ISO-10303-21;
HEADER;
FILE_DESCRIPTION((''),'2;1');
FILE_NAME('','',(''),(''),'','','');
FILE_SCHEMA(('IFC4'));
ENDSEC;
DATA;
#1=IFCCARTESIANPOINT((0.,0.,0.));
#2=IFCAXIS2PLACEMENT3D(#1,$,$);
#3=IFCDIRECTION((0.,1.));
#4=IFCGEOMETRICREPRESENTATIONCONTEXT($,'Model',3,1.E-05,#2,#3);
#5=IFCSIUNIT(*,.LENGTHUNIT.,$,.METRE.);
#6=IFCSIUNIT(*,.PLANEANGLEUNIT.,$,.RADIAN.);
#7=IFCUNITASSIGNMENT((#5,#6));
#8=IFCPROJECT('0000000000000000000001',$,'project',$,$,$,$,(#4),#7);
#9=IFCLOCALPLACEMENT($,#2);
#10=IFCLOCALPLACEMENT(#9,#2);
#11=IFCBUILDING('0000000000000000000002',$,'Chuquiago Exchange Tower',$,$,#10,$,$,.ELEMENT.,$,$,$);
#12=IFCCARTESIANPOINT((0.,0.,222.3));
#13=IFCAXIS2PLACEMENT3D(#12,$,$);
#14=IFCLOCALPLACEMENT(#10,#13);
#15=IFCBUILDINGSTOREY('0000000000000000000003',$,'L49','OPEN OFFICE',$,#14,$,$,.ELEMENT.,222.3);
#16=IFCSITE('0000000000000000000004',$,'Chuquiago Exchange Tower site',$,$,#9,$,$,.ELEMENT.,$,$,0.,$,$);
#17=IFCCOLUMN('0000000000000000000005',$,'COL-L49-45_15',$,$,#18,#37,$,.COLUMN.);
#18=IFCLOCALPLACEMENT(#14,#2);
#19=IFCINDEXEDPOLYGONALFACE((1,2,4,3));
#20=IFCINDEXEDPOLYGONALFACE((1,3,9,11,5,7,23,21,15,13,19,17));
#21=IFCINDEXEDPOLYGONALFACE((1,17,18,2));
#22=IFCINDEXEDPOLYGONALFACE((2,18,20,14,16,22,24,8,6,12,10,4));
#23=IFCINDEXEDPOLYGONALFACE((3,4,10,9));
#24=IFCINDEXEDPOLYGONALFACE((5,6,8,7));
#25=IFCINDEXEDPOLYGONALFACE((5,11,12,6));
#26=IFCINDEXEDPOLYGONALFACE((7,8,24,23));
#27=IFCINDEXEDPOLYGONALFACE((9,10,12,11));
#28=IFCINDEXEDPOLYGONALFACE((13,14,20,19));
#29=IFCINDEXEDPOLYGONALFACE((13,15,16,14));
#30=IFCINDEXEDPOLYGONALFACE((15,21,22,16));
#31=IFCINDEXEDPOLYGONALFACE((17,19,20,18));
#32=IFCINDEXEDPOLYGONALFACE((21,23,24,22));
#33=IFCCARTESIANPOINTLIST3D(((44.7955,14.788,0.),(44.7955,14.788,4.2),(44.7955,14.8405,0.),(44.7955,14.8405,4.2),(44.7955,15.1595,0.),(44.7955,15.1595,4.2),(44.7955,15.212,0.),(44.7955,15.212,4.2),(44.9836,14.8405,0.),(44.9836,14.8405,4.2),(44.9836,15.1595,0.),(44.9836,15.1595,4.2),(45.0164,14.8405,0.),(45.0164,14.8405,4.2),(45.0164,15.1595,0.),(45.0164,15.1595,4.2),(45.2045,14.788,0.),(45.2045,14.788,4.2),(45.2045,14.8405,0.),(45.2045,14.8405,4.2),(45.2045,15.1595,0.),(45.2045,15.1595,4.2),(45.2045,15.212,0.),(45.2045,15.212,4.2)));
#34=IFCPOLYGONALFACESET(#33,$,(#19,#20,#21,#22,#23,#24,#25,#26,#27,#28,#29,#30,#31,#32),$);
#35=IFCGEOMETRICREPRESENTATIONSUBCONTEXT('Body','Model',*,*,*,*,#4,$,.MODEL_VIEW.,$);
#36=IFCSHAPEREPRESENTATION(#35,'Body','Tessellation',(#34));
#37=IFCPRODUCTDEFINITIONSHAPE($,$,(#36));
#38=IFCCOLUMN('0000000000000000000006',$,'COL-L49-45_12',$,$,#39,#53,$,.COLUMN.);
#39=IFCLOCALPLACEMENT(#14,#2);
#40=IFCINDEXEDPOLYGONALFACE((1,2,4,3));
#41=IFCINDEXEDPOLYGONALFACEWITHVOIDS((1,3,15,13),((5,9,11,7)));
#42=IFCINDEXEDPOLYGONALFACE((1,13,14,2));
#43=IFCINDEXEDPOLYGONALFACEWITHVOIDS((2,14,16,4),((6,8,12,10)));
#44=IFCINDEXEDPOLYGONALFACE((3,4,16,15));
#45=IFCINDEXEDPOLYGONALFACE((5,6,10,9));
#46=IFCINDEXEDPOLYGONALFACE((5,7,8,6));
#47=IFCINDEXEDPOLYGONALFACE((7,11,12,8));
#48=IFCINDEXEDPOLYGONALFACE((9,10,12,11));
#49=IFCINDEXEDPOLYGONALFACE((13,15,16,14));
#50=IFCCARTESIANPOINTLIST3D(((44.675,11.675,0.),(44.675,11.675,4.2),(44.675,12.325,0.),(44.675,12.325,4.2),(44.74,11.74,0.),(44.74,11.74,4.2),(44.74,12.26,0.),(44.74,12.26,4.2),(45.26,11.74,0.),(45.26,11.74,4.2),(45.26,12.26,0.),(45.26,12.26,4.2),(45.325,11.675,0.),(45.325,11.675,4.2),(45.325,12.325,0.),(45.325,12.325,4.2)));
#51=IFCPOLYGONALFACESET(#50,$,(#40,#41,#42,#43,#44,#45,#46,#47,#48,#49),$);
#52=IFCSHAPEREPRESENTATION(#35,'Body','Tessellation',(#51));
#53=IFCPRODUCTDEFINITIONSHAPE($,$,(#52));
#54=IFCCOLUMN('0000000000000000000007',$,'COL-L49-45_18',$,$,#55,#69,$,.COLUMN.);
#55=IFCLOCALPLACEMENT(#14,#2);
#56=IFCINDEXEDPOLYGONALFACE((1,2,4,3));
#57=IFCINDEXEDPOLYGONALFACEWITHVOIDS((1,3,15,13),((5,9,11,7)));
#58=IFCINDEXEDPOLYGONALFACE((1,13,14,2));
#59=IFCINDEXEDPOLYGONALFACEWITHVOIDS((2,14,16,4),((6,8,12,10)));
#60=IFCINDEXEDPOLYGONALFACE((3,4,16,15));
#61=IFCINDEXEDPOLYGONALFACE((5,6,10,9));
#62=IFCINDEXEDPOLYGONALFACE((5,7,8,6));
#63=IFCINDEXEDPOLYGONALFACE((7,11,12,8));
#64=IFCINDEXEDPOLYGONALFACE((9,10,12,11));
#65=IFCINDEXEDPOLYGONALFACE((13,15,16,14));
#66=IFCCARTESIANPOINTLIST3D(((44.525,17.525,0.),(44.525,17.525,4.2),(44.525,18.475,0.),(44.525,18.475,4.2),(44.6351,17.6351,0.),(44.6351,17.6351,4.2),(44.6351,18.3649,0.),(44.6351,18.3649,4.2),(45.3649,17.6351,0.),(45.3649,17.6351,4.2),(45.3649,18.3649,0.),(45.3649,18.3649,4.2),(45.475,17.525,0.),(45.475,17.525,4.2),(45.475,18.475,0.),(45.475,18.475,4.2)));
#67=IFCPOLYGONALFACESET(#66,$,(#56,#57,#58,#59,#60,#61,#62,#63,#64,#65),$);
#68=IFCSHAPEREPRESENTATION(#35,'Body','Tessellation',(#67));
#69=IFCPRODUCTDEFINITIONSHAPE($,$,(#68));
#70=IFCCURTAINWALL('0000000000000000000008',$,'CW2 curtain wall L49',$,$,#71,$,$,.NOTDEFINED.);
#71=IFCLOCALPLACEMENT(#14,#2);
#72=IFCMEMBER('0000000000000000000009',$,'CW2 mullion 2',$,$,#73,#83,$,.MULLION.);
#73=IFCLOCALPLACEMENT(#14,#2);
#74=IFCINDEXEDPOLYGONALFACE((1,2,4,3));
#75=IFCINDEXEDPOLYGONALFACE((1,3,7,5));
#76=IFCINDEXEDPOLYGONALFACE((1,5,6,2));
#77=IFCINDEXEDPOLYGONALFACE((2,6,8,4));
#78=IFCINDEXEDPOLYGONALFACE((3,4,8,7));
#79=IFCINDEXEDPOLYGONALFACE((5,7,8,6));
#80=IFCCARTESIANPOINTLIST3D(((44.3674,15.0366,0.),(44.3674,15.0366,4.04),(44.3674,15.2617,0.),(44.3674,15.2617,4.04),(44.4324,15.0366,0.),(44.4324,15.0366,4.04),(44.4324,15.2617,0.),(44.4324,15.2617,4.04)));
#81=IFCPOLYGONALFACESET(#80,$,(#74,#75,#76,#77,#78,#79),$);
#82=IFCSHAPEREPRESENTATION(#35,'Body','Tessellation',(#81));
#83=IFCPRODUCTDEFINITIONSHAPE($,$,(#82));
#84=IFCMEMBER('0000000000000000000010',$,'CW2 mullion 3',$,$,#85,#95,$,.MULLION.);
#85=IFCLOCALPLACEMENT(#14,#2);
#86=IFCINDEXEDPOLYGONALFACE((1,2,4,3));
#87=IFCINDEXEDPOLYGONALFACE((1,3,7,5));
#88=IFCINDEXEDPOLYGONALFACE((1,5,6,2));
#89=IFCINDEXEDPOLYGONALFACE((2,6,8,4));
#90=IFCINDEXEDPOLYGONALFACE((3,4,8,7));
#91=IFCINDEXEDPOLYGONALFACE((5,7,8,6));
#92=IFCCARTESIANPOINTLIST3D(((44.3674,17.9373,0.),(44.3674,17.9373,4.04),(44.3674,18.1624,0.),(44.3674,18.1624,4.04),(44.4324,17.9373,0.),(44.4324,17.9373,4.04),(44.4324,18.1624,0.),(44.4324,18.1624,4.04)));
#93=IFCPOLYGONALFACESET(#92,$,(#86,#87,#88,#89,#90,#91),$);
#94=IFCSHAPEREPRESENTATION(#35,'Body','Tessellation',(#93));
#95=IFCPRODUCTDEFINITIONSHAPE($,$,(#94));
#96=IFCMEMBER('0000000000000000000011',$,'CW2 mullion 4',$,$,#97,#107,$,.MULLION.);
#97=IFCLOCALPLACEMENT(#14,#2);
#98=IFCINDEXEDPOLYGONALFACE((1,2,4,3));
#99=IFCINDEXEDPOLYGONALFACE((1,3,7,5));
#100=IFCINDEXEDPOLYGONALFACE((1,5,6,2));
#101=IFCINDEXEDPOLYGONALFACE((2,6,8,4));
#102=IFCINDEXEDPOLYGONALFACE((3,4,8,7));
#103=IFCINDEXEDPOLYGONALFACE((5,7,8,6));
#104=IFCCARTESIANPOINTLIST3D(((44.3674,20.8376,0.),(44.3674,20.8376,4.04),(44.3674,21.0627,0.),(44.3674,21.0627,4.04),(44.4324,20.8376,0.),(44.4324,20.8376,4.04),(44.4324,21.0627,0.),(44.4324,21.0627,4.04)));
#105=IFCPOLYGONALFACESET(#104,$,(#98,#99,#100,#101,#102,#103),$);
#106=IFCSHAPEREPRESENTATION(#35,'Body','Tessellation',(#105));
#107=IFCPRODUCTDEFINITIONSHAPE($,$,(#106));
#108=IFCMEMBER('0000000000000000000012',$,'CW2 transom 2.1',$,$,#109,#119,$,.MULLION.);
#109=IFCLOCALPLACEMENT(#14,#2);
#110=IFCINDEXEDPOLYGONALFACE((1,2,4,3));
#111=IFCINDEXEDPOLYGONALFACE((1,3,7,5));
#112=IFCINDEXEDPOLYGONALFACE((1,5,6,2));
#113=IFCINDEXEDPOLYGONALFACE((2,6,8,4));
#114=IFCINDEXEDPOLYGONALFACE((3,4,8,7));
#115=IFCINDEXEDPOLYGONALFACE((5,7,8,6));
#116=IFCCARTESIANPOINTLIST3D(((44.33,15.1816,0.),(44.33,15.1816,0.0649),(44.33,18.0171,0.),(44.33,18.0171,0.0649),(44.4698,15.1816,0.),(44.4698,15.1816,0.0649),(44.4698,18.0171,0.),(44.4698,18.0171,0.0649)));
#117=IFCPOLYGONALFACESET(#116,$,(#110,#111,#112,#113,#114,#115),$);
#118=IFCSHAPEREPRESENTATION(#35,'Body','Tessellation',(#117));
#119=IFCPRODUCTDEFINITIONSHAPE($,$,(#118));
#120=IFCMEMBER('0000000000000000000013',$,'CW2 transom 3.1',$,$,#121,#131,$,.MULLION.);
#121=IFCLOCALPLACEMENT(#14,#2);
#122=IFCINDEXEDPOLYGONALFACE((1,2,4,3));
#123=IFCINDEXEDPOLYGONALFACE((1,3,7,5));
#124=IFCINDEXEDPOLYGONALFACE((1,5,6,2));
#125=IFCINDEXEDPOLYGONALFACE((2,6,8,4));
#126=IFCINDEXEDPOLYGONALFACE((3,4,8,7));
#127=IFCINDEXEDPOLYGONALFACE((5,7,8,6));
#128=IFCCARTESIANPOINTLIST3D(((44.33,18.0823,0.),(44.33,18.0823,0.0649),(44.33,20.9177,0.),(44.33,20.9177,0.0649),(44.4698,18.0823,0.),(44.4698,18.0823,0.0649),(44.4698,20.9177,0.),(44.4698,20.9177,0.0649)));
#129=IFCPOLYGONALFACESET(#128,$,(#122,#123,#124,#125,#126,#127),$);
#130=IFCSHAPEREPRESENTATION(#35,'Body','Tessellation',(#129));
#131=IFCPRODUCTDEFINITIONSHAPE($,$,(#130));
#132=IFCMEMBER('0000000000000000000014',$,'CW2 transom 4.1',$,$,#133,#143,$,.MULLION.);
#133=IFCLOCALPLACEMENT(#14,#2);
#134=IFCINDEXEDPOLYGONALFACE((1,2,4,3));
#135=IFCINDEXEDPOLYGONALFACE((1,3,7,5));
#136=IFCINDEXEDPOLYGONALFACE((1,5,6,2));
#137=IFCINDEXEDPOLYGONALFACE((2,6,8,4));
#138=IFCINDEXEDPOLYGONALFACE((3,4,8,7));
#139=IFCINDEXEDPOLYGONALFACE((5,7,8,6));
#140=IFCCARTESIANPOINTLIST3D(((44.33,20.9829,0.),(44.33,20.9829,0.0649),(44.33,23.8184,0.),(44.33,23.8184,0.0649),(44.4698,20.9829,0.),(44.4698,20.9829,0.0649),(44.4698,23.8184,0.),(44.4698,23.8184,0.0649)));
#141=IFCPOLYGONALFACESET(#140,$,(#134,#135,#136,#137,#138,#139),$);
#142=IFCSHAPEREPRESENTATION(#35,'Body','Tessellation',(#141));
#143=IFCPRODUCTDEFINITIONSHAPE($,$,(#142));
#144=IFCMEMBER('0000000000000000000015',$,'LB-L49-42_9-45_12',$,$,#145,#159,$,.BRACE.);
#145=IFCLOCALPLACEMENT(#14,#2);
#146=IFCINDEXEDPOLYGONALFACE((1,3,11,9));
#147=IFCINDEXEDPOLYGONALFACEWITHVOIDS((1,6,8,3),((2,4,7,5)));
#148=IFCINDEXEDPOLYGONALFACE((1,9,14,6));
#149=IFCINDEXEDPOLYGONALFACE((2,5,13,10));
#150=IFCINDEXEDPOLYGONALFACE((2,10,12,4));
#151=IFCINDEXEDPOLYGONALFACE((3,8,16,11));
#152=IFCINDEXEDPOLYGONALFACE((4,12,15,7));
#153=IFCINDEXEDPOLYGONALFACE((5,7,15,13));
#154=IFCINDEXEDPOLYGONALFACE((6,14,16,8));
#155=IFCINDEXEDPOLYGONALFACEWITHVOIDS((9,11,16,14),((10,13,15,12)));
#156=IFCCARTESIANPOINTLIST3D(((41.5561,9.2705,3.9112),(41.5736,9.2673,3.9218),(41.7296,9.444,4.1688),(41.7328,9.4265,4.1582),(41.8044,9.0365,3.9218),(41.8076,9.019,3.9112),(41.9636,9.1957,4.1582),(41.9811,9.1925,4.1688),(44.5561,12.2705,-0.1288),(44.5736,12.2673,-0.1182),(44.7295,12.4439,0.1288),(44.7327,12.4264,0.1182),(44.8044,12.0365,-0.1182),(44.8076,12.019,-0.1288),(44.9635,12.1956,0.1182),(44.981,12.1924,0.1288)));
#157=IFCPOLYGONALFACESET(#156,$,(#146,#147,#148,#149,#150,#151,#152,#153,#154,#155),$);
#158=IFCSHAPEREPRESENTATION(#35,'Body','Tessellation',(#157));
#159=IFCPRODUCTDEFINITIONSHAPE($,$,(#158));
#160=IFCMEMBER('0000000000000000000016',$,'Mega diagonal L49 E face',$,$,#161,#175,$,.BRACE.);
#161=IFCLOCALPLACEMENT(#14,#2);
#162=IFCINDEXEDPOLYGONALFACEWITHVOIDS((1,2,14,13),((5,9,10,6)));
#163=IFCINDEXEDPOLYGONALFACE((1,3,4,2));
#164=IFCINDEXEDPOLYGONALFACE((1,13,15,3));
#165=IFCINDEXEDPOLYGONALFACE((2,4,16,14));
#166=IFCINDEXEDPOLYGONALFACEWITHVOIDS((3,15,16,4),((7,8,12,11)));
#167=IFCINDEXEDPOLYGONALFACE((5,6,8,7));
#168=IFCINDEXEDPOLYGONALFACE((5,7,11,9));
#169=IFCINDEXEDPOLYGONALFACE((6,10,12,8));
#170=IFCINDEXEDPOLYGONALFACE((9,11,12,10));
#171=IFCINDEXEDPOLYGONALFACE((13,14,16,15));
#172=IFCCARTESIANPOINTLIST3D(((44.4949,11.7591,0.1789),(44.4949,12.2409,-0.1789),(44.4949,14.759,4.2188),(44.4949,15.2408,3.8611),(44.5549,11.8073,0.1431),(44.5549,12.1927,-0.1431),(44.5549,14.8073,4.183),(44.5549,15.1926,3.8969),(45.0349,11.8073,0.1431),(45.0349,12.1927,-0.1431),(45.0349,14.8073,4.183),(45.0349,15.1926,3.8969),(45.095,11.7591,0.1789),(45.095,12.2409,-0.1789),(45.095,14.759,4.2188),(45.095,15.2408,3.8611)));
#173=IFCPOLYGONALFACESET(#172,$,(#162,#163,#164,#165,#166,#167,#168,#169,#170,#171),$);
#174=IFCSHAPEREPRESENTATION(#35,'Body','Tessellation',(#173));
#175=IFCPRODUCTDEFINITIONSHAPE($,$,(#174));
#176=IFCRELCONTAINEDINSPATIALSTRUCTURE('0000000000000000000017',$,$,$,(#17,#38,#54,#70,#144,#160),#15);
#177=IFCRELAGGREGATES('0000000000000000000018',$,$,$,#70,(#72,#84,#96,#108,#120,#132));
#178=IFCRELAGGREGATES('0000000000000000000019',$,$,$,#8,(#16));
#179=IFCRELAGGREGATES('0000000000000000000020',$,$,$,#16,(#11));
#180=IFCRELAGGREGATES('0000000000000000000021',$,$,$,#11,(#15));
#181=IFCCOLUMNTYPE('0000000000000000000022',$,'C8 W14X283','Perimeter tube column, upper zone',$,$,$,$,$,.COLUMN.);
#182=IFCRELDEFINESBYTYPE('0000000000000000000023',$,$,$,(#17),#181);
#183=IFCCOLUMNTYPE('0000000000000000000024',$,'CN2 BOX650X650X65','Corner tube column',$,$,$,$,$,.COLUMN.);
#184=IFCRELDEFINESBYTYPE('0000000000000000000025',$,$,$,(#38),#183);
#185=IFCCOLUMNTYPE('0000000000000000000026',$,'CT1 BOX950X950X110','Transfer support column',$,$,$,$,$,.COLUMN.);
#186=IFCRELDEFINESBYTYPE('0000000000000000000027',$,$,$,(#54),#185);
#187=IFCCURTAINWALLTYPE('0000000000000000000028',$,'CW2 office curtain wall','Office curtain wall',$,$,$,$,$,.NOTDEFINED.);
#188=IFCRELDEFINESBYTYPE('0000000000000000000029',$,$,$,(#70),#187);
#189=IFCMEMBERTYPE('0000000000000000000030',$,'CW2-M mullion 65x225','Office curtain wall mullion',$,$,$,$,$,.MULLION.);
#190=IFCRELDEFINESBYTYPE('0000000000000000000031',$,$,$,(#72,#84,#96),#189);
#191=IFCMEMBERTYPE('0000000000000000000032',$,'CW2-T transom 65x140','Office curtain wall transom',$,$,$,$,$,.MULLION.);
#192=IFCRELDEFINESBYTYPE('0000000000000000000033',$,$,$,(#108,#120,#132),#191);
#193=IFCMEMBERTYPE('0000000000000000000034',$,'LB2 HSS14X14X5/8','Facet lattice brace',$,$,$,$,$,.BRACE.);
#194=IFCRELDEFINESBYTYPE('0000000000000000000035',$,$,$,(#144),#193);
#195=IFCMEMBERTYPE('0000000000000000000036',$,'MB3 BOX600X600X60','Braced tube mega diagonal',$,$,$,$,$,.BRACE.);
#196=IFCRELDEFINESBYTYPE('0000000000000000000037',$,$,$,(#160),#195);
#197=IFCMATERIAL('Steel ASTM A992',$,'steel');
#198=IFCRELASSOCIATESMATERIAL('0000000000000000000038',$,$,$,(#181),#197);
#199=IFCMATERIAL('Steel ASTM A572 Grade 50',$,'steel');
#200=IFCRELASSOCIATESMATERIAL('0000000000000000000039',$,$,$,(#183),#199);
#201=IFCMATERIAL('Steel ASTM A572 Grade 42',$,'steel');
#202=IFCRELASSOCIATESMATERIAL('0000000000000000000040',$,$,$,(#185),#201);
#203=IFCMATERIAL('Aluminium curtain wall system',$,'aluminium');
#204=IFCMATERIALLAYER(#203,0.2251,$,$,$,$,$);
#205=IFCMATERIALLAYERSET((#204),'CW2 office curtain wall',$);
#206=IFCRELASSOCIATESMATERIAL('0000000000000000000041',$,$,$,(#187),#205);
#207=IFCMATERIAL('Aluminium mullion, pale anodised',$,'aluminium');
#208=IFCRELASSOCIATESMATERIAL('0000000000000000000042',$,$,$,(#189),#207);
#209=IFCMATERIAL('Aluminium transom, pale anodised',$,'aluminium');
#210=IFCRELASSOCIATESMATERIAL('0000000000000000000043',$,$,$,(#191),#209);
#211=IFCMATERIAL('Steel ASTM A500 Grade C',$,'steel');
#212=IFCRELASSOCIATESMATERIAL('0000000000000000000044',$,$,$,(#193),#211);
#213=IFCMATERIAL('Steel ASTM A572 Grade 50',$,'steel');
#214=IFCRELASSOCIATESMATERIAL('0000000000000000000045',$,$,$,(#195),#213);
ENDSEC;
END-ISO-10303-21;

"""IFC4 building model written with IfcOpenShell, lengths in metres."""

from ifc_helpers import new_model, si_unit, direction, frame, origin, origin_2d, place, context, subcontext, project, spatial, rectangle, hollow_rectangle, i_section, extrude, material, layer, layer_set, material_profile, profile_set, type_object, element, aggregate, save


model = new_model("IFC4")

# Units and contexts
model_context = context("Model", 3, precision=1e-05, world=origin(), true_north=direction((0.0, 1.0)))
body_context = subcontext(model_context, "Body", "Model", "MODEL_VIEW")
ifc_project = project(units=[si_unit("LENGTHUNIT", "METRE"), si_unit("PLANEANGLEUNIT", "RADIAN")], contexts=[model_context])

# Site, building, storey
site_placement = place(None, origin())
site = spatial("IfcSite", under=ifc_project, at=site_placement, Name="Chuquiago Exchange Tower site", CompositionType="ELEMENT", RefElevation=0.0)
building_placement = place(site_placement, origin())
building = spatial("IfcBuilding", under=site, at=building_placement, Name="Chuquiago Exchange Tower", CompositionType="ELEMENT")
storey_placement = place(building_placement, frame((0.0, 0.0, 222.3)))
storey = spatial("IfcBuildingStorey", under=building, at=storey_placement, Name="L49", Description="OPEN OFFICE", CompositionType="ELEMENT", Elevation=222.3)

# Columns
ifc_material_1 = material(Name="Steel ASTM A992", Category="steel")
ifc_material_profile_1 = material_profile(ifc_material_1, i_section(OverallWidth=0.4089, OverallDepth=0.4241, WebThickness=0.0327, FlangeThickness=0.0525, at=origin_2d()), Name="W14X283")
ifc_profile_set_1 = profile_set([ifc_material_profile_1], Name="Steel ASTM A992")
column_type_1 = type_object("IfcColumnType", Name="C8 W14X283", Description="Perimeter tube column, upper zone", PredefinedType="COLUMN", material=ifc_profile_set_1)
column_1_placement = place(storey_placement, frame((45.0, 15.0, 0.0), z_axis=(0.0, 0.0, 1.0), x_axis=(1.0, 0.0, 0.0)))
element("IfcColumn", 1, at=column_1_placement, inside=storey, type_object=column_type_1, Name="COL-L49-45_15", PredefinedType="COLUMN", context=body_context, shape_type="SweptSolid", body=[
    extrude(i_section(OverallWidth=0.4089, OverallDepth=0.4241, WebThickness=0.0327, FlangeThickness=0.0525, at=origin_2d()), origin(), (0.0, 0.0, 1.0), 4.2),
])
ifc_material_2 = material(Name="Steel ASTM A572 Grade 50", Category="steel")
ifc_material_profile_2 = material_profile(ifc_material_2, hollow_rectangle(XDim=0.6499, YDim=0.6499, WallThickness=0.0649, at=origin_2d()), Name="BOX650X650X65")
ifc_profile_set_2 = profile_set([ifc_material_profile_2], Name="Steel ASTM A572 Grade 50")
column_type_2 = type_object("IfcColumnType", Name="CN2 BOX650X650X65", Description="Corner tube column", PredefinedType="COLUMN", material=ifc_profile_set_2)
column_2_placement = place(storey_placement, frame((45.0, 12.0, 0.0), z_axis=(0.0, 0.0, 1.0), x_axis=(1.0, 0.0, 0.0)))
element("IfcColumn", 2, at=column_2_placement, inside=storey, type_object=column_type_2, Name="COL-L49-45_12", PredefinedType="COLUMN", context=body_context, shape_type="SweptSolid", body=[
    extrude(hollow_rectangle(XDim=0.6499, YDim=0.6499, WallThickness=0.0649, at=origin_2d()), origin(), (0.0, 0.0, 1.0), 4.2),
])
ifc_material_3 = material(Name="Steel ASTM A572 Grade 42", Category="steel")
ifc_material_profile_3 = material_profile(ifc_material_3, hollow_rectangle(XDim=0.95, YDim=0.95, WallThickness=0.1101, at=origin_2d()), Name="BOX950X950X110")
ifc_profile_set_3 = profile_set([ifc_material_profile_3], Name="Steel ASTM A572 Grade 42")
column_type_3 = type_object("IfcColumnType", Name="CT1 BOX950X950X110", Description="Transfer support column", PredefinedType="COLUMN", material=ifc_profile_set_3)
column_3_placement = place(storey_placement, frame((45.0, 18.0, 0.0), z_axis=(0.0, 0.0, 1.0), x_axis=(1.0, 0.0, 0.0)))
element("IfcColumn", 3, at=column_3_placement, inside=storey, type_object=column_type_3, Name="COL-L49-45_18", PredefinedType="COLUMN", context=body_context, shape_type="SweptSolid", body=[
    extrude(hollow_rectangle(XDim=0.95, YDim=0.95, WallThickness=0.1101, at=origin_2d()), origin(), (0.0, 0.0, 1.0), 4.2),
])

# Curtain wall, members
ifc_material_4 = material(Name="Aluminium curtain wall system", Category="aluminium")
ifc_layer_1 = layer(ifc_material_4, 0.2251)
ifc_layer_set_1 = layer_set([ifc_layer_1], Name="CW2 office curtain wall")
curtain_wall_type = type_object("IfcCurtainWallType", Name="CW2 office curtain wall", Description="Office curtain wall", PredefinedType="NOTDEFINED", material=ifc_layer_set_1)
curtain_wall_placement = place(storey_placement, origin())
curtain_wall = element("IfcCurtainWall", 4, at=curtain_wall_placement, inside=storey, type_object=curtain_wall_type, Name="CW2 curtain wall L49", PredefinedType="NOTDEFINED")
ifc_material_5 = material(Name="Aluminium mullion, pale anodised", Category="aluminium")
ifc_material_profile_4 = material_profile(ifc_material_5, rectangle(XDim=0.0649, YDim=0.2251, at=origin_2d()), Name="AL 65x225")
ifc_profile_set_4 = profile_set([ifc_material_profile_4], Name="Aluminium mullion, pale anodised")
member_type_1 = type_object("IfcMemberType", Name="CW2-M mullion 65x225", Description="Office curtain wall mullion", PredefinedType="MULLION", material=ifc_profile_set_4)
member_1_placement = place(storey_placement, frame((44.3999, 15.1492, 0.0), z_axis=(0.0, 0.0, 1.0), x_axis=(-1.0, 0.0, 0.0)))
member_1 = element("IfcMember", 5, at=member_1_placement, type_object=member_type_1, Name="CW2 mullion 2", PredefinedType="MULLION", context=body_context, shape_type="SweptSolid", body=[
    extrude(rectangle(XDim=0.0649, YDim=0.2251, at=origin_2d()), origin(), (0.0, 0.0, 1.0), 4.04),
])
member_2_placement = place(storey_placement, frame((44.3999, 18.0498, 0.0), z_axis=(0.0, 0.0, 1.0), x_axis=(-1.0, 0.0, 0.0)))
member_2 = element("IfcMember", 6, at=member_2_placement, type_object=member_type_1, Name="CW2 mullion 3", PredefinedType="MULLION", context=body_context, shape_type="SweptSolid", body=[
    extrude(rectangle(XDim=0.0649, YDim=0.2251, at=origin_2d()), origin(), (0.0, 0.0, 1.0), 4.04),
])
member_3_placement = place(storey_placement, frame((44.3999, 20.9502, 0.0), z_axis=(0.0, 0.0, 1.0), x_axis=(-1.0, 0.0, 0.0)))
member_3 = element("IfcMember", 7, at=member_3_placement, type_object=member_type_1, Name="CW2 mullion 4", PredefinedType="MULLION", context=body_context, shape_type="SweptSolid", body=[
    extrude(rectangle(XDim=0.0649, YDim=0.2251, at=origin_2d()), origin(), (0.0, 0.0, 1.0), 4.04),
])
ifc_material_6 = material(Name="Aluminium transom, pale anodised", Category="aluminium")
ifc_material_profile_5 = material_profile(ifc_material_6, rectangle(XDim=0.1399, YDim=0.0649, at=origin_2d()), Name="AL 140x65")
ifc_profile_set_5 = profile_set([ifc_material_profile_5], Name="Aluminium transom, pale anodised")
member_type_2 = type_object("IfcMemberType", Name="CW2-T transom 65x140", Description="Office curtain wall transom", PredefinedType="MULLION", material=ifc_profile_set_5)
member_4_placement = place(storey_placement, frame((44.3999, 15.1816, 0.0325), z_axis=(0.0, 1.0, 0.0), x_axis=(-1.0, 0.0, 0.0)))
member_4 = element("IfcMember", 8, at=member_4_placement, type_object=member_type_2, Name="CW2 transom 2.1", PredefinedType="MULLION", context=body_context, shape_type="SweptSolid", body=[
    extrude(rectangle(XDim=0.1399, YDim=0.0649, at=origin_2d()), origin(), (0.0, 0.0, 1.0), 2.8354),
])
member_5_placement = place(storey_placement, frame((44.3999, 18.0823, 0.0325), z_axis=(0.0, 1.0, 0.0), x_axis=(-1.0, 0.0, 0.0)))
member_5 = element("IfcMember", 9, at=member_5_placement, type_object=member_type_2, Name="CW2 transom 3.1", PredefinedType="MULLION", context=body_context, shape_type="SweptSolid", body=[
    extrude(rectangle(XDim=0.1399, YDim=0.0649, at=origin_2d()), origin(), (0.0, 0.0, 1.0), 2.8354),
])
member_6_placement = place(storey_placement, frame((44.3999, 20.9829, 0.0325), z_axis=(0.0, 1.0, 0.0), x_axis=(-1.0, 0.0, 0.0)))
member_6 = element("IfcMember", 10, at=member_6_placement, type_object=member_type_2, Name="CW2 transom 4.1", PredefinedType="MULLION", context=body_context, shape_type="SweptSolid", body=[
    extrude(rectangle(XDim=0.1399, YDim=0.0649, at=origin_2d()), origin(), (0.0, 0.0, 1.0), 2.8354),
])

# Members
ifc_material_7 = material(Name="Steel ASTM A500 Grade C", Category="steel")
ifc_material_profile_6 = material_profile(ifc_material_7, hollow_rectangle(XDim=0.3557, YDim=0.3557, WallThickness=0.0146, at=origin_2d()), Name="HSS14X14X5/8")
ifc_profile_set_6 = profile_set([ifc_material_profile_6], Name="Steel ASTM A500 Grade C")
member_type_3 = type_object("IfcMemberType", Name="LB2 HSS14X14X5/8", Description="Facet lattice brace", PredefinedType="BRACE", material=ifc_profile_set_6)
member_7_placement = place(storey_placement, frame((44.7686, 12.2314, 0.0), z_axis=(-0.512077, -0.512077, 0.689604), x_axis=(0.707107, -0.707107, 0.0)))
element("IfcMember", 11, at=member_7_placement, inside=storey, type_object=member_type_3, Name="LB-L49-42_9-45_12", PredefinedType="BRACE", context=body_context, shape_type="SweptSolid", body=[
    extrude(hollow_rectangle(XDim=0.3557, YDim=0.3557, WallThickness=0.0146, at=origin_2d()), origin(), (0.0, 0.0, 1.0), 5.8584),
])
ifc_material_8 = material(Name="Steel ASTM A572 Grade 50", Category="steel")
ifc_material_profile_7 = material_profile(ifc_material_8, hollow_rectangle(XDim=0.6001, YDim=0.6001, WallThickness=0.0601, at=origin_2d()), Name="BOX600X600X60")
ifc_profile_set_7 = profile_set([ifc_material_profile_7], Name="Steel ASTM A572 Grade 50")
member_type_4 = type_object("IfcMemberType", Name="MB3 BOX600X600X60", Description="Braced tube mega diagonal", PredefinedType="BRACE", material=ifc_profile_set_7)
for number, where, z_axis, x_axis, name in (
    (12, (44.7949, 12.0, 0.0), (0.0, 0.596174, 0.802855), (-1.0, 0.0, 0.0), "Mega diagonal L49 E face"),
):
    element("IfcMember", number, at=place(storey_placement, frame(where, z_axis=z_axis, x_axis=x_axis)), inside=storey, type_object=member_type_4, Name=name, PredefinedType="BRACE", context=body_context, shape_type="SweptSolid", body=[
        extrude(hollow_rectangle(XDim=0.6001, YDim=0.6001, WallThickness=0.0601, at=origin_2d()), origin(), (0.0, 0.0, 1.0), 5.032),
    ])

aggregate(curtain_wall, [member_1, member_2, member_3, member_4, member_5, member_6])

save(model, "model.ifc")
